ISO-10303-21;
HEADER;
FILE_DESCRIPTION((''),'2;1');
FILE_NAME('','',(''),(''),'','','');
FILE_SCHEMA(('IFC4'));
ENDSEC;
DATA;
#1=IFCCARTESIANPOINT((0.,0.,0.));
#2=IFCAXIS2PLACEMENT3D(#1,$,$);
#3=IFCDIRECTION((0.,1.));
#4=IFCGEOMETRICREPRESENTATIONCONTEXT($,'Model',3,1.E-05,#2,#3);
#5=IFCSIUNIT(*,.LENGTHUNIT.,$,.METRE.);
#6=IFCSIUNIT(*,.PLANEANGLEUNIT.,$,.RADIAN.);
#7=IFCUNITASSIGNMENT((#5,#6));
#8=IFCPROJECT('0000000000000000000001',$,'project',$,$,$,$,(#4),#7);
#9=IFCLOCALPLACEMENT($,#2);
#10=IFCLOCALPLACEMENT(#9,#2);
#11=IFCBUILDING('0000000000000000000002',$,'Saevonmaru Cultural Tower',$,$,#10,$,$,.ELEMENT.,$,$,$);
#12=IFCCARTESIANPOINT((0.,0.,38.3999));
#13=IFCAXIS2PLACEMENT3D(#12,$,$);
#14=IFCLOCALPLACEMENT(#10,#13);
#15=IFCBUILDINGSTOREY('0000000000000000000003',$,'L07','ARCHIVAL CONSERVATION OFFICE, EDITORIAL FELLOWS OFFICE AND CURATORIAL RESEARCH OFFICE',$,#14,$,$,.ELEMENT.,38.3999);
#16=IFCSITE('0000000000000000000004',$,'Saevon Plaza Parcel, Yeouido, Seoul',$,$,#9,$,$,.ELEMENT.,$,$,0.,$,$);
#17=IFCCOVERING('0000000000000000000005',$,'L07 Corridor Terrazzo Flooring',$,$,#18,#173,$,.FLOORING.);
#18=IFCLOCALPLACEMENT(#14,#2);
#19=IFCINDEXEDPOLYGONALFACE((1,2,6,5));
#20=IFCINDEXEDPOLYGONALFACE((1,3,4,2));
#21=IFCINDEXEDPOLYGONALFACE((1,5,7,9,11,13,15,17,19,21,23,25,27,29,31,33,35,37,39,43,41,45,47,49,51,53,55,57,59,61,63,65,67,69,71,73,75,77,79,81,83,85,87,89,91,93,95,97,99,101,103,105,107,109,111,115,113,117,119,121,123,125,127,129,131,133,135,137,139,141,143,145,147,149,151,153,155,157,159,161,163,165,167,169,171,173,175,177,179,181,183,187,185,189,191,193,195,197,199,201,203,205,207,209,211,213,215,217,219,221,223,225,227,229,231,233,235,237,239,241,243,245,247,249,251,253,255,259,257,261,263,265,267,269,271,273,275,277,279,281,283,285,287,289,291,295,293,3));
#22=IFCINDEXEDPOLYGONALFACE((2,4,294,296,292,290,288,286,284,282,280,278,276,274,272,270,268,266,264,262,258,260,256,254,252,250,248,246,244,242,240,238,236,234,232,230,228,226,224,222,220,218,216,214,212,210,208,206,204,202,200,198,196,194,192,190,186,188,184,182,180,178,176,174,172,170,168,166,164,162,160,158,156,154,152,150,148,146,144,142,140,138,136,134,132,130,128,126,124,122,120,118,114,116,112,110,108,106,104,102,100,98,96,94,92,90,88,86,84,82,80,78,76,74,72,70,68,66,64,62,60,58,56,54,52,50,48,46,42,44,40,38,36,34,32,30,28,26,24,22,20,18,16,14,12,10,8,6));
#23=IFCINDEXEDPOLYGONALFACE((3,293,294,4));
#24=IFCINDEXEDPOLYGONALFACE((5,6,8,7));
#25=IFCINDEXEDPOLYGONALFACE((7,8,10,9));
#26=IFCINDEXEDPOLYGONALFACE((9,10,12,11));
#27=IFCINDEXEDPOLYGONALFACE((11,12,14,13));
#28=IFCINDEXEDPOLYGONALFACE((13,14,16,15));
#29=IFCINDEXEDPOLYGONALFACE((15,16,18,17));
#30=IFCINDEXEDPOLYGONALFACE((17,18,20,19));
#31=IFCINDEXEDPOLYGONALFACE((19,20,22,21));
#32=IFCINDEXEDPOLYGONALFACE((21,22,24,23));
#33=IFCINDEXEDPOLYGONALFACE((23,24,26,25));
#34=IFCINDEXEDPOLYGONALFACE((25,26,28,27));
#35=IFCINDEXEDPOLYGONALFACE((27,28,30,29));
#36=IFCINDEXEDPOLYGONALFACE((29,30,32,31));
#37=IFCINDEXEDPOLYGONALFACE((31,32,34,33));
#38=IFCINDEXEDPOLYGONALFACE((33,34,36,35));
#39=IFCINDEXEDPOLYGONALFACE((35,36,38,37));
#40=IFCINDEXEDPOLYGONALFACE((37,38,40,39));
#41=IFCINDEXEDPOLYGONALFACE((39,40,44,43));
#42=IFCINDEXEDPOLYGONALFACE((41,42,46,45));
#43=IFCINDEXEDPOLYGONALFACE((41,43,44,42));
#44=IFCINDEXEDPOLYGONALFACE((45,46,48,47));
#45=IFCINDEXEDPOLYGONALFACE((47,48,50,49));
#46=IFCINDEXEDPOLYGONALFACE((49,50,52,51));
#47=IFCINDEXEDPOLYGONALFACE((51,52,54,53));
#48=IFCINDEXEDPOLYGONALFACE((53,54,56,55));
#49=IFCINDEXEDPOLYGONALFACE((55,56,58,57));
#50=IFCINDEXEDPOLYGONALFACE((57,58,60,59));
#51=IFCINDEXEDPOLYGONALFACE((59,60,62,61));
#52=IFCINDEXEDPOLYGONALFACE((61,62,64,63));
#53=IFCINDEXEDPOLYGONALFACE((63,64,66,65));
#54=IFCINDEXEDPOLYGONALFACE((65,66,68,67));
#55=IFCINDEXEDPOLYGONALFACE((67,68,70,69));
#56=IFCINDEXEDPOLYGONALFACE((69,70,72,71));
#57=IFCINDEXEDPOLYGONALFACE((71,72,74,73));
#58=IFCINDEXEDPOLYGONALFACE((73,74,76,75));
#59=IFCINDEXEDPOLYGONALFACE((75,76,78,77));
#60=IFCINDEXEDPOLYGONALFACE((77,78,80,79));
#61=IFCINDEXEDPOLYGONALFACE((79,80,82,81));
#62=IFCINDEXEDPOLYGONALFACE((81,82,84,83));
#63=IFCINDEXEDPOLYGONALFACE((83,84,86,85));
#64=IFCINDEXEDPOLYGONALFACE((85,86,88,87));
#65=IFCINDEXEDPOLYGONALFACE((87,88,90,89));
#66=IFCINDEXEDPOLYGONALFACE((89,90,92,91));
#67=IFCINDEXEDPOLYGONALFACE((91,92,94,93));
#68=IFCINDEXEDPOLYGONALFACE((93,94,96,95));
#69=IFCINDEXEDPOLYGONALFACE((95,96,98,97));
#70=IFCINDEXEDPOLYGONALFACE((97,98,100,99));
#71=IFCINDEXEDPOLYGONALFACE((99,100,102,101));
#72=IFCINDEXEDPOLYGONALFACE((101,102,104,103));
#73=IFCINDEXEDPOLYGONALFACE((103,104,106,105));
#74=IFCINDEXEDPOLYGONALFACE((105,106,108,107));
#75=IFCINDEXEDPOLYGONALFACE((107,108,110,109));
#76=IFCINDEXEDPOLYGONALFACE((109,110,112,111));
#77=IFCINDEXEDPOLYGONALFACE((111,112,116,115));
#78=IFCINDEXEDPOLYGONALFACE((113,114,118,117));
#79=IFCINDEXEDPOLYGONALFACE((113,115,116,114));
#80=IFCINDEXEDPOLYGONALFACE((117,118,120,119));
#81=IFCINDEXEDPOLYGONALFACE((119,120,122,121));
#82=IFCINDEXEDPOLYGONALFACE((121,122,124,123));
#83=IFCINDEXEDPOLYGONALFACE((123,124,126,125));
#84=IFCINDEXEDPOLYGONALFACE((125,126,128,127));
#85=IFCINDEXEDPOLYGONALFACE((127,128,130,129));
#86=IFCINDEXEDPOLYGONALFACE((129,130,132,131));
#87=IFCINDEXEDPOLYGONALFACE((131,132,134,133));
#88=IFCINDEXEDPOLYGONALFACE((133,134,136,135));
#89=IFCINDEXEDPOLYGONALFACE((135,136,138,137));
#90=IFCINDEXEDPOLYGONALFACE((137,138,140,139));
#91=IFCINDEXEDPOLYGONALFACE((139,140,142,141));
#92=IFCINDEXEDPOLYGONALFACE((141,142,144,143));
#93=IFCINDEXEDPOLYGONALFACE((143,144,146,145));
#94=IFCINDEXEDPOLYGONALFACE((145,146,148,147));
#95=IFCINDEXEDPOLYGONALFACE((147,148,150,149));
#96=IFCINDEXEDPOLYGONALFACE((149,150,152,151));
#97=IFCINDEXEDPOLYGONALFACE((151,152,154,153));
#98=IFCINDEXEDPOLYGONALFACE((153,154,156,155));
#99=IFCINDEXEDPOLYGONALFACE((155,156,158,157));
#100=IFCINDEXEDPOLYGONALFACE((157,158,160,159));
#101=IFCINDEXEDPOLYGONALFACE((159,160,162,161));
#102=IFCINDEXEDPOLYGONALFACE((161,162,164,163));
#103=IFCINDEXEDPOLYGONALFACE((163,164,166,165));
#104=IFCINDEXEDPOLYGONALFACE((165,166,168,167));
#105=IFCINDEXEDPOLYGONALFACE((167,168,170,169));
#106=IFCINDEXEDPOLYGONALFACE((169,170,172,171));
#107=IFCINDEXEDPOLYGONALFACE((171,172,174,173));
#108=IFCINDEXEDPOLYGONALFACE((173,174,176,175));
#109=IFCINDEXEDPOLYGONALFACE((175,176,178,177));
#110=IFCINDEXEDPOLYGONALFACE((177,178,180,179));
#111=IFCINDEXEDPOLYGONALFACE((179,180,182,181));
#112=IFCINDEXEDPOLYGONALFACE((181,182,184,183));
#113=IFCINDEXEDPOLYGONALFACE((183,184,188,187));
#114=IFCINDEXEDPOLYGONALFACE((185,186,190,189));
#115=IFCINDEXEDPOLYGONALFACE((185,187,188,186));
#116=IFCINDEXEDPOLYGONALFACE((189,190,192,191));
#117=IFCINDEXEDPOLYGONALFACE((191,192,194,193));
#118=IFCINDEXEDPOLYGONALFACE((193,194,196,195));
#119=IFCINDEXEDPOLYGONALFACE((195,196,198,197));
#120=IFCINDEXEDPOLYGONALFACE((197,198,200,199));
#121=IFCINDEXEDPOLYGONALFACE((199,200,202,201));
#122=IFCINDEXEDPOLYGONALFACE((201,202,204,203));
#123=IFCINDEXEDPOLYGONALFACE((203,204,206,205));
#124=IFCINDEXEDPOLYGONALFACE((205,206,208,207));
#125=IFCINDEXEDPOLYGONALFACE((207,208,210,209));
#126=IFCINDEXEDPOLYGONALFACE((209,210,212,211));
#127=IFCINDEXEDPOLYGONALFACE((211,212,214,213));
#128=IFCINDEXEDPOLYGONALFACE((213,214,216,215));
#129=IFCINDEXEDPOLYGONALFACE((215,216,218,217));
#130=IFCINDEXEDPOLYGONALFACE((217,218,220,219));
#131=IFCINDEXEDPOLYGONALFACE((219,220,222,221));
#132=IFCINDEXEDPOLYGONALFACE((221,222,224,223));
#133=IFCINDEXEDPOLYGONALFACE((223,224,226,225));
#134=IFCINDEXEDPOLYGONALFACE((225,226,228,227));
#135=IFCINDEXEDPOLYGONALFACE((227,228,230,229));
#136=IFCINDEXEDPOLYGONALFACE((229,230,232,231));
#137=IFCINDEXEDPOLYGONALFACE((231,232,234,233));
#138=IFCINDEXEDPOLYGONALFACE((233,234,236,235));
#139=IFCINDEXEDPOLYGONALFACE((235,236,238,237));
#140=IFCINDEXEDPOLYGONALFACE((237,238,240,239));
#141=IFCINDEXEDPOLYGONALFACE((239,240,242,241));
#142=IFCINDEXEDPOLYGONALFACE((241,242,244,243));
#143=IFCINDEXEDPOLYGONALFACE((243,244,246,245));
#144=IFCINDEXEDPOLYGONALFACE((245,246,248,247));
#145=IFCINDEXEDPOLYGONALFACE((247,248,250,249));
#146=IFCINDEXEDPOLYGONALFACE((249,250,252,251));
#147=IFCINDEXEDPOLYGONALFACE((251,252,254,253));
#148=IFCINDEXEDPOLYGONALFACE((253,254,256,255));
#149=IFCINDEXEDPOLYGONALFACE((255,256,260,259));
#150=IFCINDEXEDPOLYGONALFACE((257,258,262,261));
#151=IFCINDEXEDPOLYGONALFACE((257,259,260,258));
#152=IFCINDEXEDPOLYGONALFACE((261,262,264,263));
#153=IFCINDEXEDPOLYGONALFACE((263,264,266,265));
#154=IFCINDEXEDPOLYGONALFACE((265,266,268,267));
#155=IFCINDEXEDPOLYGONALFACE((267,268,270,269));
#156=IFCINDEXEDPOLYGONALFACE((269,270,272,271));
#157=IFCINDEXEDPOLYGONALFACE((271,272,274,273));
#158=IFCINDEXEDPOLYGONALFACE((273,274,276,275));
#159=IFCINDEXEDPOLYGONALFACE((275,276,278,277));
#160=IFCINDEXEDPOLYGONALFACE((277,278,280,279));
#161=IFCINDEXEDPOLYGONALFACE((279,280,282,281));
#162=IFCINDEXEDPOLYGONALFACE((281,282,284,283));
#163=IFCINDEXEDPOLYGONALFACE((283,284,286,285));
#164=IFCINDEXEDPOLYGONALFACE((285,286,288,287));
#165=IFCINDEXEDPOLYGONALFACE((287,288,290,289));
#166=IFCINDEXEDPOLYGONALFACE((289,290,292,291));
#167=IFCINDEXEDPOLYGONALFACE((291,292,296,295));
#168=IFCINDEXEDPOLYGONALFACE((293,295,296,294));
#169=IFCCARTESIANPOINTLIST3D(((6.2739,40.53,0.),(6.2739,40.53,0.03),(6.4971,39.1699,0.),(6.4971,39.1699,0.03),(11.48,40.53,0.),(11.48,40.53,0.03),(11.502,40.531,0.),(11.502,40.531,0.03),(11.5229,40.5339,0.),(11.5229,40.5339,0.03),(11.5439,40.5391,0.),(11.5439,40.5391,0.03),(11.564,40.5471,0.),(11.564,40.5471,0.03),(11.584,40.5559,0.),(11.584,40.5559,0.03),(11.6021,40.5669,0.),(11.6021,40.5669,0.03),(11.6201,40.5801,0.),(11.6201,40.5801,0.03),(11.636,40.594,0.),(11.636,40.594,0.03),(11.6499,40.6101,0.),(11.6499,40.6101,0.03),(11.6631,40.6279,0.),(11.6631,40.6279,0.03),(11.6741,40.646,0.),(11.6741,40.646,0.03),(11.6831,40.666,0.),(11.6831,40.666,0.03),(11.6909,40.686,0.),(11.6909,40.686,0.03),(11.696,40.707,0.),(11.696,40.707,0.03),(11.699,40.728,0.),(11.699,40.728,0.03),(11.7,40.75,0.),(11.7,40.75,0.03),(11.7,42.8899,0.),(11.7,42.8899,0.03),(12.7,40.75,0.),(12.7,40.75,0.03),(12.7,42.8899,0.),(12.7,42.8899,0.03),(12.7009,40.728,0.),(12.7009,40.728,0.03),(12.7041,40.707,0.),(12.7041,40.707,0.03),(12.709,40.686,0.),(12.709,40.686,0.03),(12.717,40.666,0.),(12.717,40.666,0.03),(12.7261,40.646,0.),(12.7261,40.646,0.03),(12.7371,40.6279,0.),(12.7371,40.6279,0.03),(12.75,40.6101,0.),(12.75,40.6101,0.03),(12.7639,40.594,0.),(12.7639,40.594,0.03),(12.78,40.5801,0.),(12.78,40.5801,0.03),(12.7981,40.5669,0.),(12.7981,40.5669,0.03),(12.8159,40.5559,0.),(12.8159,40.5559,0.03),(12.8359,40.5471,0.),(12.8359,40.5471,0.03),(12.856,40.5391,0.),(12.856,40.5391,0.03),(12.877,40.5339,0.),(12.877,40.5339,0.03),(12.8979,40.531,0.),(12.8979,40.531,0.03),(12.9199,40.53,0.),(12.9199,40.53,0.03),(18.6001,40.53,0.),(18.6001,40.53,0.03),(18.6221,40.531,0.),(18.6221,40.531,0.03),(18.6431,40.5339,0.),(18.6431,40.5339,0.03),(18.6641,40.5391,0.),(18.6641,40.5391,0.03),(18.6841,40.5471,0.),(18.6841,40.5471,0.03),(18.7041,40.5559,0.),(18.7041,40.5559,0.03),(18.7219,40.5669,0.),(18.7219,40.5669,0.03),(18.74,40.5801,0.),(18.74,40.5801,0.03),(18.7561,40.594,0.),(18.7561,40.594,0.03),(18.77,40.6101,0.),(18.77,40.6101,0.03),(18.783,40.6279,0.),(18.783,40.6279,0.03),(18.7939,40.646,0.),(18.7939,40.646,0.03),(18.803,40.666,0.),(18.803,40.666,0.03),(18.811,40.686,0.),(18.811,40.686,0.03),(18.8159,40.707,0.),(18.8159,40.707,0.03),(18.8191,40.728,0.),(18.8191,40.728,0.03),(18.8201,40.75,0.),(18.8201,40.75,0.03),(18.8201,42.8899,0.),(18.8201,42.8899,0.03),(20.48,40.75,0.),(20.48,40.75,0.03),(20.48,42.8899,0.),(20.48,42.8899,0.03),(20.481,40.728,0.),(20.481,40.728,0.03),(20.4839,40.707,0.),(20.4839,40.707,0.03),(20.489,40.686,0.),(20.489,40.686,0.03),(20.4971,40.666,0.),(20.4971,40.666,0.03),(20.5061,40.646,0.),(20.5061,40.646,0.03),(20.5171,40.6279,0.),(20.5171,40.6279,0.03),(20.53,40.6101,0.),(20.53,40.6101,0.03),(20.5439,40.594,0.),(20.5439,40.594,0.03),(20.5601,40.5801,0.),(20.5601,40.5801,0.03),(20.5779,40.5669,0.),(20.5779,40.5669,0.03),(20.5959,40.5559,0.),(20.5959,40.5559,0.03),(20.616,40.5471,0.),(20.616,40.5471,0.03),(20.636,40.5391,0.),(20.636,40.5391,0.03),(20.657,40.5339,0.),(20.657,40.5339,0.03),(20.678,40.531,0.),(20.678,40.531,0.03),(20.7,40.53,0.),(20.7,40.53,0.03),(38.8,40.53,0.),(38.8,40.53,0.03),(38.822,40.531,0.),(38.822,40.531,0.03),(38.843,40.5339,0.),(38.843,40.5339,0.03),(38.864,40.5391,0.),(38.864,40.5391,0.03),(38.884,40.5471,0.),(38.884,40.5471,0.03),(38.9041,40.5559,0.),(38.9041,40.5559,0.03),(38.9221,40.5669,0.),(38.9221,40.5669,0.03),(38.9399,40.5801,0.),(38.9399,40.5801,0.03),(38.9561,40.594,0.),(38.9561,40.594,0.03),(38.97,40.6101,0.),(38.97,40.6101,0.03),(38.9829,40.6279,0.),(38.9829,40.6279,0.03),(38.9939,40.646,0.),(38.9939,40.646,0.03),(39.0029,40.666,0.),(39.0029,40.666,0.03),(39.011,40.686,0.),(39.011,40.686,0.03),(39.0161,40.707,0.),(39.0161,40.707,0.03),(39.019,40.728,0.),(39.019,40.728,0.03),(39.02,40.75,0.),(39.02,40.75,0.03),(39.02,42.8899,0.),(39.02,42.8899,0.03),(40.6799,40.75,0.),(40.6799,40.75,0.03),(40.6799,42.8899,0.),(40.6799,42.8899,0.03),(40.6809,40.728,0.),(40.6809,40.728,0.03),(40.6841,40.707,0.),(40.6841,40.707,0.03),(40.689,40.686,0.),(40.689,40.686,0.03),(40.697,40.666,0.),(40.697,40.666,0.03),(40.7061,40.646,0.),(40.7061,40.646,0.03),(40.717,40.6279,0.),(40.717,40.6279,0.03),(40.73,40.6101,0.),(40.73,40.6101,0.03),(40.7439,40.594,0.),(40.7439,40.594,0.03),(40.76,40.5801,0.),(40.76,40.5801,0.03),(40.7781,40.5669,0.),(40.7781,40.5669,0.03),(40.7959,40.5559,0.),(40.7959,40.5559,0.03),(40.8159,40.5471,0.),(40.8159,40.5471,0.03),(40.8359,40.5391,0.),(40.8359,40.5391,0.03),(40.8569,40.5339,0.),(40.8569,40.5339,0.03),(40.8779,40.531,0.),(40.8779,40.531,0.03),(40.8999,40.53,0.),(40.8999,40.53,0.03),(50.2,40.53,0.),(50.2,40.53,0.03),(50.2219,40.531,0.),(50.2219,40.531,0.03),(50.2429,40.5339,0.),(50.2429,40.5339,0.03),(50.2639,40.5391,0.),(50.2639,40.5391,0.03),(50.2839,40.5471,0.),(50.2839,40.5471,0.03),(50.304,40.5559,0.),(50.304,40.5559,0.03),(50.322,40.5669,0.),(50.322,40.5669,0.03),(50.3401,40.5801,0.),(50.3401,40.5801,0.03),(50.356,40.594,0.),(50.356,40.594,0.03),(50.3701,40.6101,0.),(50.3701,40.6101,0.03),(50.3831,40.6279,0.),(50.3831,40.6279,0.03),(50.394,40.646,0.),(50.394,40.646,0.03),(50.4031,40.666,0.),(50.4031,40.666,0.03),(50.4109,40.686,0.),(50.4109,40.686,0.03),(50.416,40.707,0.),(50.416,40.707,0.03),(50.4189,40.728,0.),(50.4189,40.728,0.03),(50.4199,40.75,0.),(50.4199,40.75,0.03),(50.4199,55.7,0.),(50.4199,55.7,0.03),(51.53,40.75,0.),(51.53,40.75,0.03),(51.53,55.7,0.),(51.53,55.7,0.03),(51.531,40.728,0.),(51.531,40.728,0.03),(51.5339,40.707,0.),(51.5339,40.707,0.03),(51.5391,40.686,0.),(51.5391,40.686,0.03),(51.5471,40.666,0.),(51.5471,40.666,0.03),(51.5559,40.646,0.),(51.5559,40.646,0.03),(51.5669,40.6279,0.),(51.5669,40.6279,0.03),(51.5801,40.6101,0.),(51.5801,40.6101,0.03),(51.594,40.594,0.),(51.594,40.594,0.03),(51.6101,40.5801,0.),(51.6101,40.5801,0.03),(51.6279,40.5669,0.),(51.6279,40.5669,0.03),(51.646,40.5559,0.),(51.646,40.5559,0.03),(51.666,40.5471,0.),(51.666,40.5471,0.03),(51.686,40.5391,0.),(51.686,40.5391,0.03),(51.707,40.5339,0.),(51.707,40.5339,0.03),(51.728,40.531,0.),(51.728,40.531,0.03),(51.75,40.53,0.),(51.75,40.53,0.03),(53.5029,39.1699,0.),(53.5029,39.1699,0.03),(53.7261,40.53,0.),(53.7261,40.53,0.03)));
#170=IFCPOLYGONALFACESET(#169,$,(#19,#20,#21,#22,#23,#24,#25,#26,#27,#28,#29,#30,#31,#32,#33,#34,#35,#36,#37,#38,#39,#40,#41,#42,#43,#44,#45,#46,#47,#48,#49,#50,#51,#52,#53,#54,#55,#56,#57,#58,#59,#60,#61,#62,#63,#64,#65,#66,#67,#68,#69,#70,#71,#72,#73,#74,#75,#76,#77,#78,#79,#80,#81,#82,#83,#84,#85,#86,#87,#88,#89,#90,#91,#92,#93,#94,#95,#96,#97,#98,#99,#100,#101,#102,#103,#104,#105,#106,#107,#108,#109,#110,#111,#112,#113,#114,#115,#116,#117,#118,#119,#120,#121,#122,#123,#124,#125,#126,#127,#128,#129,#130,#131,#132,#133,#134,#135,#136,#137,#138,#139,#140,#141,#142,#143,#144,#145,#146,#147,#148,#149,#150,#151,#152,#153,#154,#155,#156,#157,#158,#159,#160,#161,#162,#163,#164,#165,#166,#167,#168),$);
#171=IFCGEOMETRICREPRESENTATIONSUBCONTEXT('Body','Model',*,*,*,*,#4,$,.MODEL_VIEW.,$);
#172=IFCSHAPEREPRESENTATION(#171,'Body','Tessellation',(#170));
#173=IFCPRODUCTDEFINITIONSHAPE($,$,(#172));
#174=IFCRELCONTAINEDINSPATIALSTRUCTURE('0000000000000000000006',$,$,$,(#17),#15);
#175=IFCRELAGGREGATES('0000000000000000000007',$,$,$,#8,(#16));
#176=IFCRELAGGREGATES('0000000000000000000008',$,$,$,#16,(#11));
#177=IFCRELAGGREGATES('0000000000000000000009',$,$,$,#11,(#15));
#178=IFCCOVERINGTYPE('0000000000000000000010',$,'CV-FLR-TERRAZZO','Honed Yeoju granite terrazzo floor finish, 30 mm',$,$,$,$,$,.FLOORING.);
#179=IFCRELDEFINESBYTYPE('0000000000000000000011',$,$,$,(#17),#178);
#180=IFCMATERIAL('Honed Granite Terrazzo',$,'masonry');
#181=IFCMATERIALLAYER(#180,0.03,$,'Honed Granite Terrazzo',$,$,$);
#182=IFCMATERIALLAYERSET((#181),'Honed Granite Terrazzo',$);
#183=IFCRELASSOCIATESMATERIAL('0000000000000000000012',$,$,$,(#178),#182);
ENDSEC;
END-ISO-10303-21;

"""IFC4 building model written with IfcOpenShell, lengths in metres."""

from ifc_helpers import new_model, si_unit, direction, frame, origin, place, context, subcontext, project, spatial, polyline, outline, extrude, material, layer, layer_set, type_object, element, save


model = new_model("IFC4")

# Units and contexts
model_context = context("Model", 3, precision=1e-05, world=origin(), true_north=direction((0.0, 1.0)))
body_context = subcontext(model_context, "Body", "Model", "MODEL_VIEW")
ifc_project = project(units=[si_unit("LENGTHUNIT", "METRE"), si_unit("PLANEANGLEUNIT", "RADIAN")], contexts=[model_context])

# Site, building, storey
site_placement = place(None, origin())
site = spatial("IfcSite", under=ifc_project, at=site_placement, Name="Saevon Plaza Parcel, Yeouido, Seoul", CompositionType="ELEMENT", RefElevation=0.0)
building_placement = place(site_placement, origin())
building = spatial("IfcBuilding", under=site, at=building_placement, Name="Saevonmaru Cultural Tower", CompositionType="ELEMENT")
storey_placement = place(building_placement, frame((0.0, 0.0, 38.3999)))
storey = spatial("IfcBuildingStorey", under=building, at=storey_placement, Name="L07", Description="ARCHIVAL CONSERVATION OFFICE, EDITORIAL FELLOWS OFFICE AND CURATORIAL RESEARCH OFFICE", CompositionType="ELEMENT", Elevation=38.3999)

# Covering
ifc_material_1 = material(Name="Honed Granite Terrazzo", Category="masonry")
ifc_layer_1 = layer(ifc_material_1, 0.03, Name="Honed Granite Terrazzo")
ifc_layer_set_1 = layer_set([ifc_layer_1], Name="Honed Granite Terrazzo")
covering_type_1 = type_object("IfcCoveringType", Name="CV-FLR-TERRAZZO", Description="Honed Yeoju granite terrazzo floor finish, 30 mm", PredefinedType="FLOORING", material=ifc_layer_set_1)
covering_1_placement = place(storey_placement, origin())
element("IfcCovering", 1, at=covering_1_placement, inside=storey, type_object=covering_type_1, Name="L07 Corridor Terrazzo Flooring", PredefinedType="FLOORING", context=body_context, shape_type="SweptSolid", body=[
    extrude(outline(polyline([(6.4971, 39.1699), (6.2739, 40.53), (11.48, 40.53), (11.502, 40.531), (11.5229, 40.5339), (11.5439, 40.5391), (11.564, 40.5471), (11.584, 40.5559), (11.6021, 40.5669), (11.6201, 40.5801), (11.636, 40.594), (11.6499, 40.6101), (11.6631, 40.6279), (11.6741, 40.646), (11.6831, 40.666), (11.6909, 40.686), (11.696, 40.707), (11.699, 40.728), (11.7, 40.75), (11.7, 42.8899), (12.7, 42.8899), (12.7, 40.75), (12.7009, 40.728), (12.7041, 40.707), (12.709, 40.686), (12.717, 40.666), (12.7261, 40.646), (12.7371, 40.6279), (12.75, 40.6101), (12.7639, 40.594), (12.78, 40.5801), (12.7981, 40.5669), (12.8159, 40.5559), (12.8359, 40.5471), (12.856, 40.5391), (12.877, 40.5339), (12.8979, 40.531), (12.9199, 40.53), (18.6001, 40.53), (18.6221, 40.531), (18.6431, 40.5339), (18.6641, 40.5391), (18.6841, 40.5471), (18.7041, 40.5559), (18.7219, 40.5669), (18.74, 40.5801), (18.7561, 40.594), (18.77, 40.6101), (18.783, 40.6279), (18.7939, 40.646), (18.803, 40.666), (18.811, 40.686), (18.8159, 40.707), (18.8191, 40.728), (18.8201, 40.75), (18.8201, 42.8899), (20.48, 42.8899), (20.48, 40.75), (20.481, 40.728), (20.4839, 40.707), (20.489, 40.686), (20.4971, 40.666), (20.5061, 40.646), (20.5171, 40.6279), (20.53, 40.6101), (20.5439, 40.594), (20.5601, 40.5801), (20.5779, 40.5669), (20.5959, 40.5559), (20.616, 40.5471), (20.636, 40.5391), (20.657, 40.5339), (20.678, 40.531), (20.7, 40.53), (38.8, 40.53), (38.822, 40.531), (38.843, 40.5339), (38.864, 40.5391), (38.884, 40.5471), (38.9041, 40.5559), (38.9221, 40.5669), (38.9399, 40.5801), (38.9561, 40.594), (38.97, 40.6101), (38.9829, 40.6279), (38.9939, 40.646), (39.0029, 40.666), (39.011, 40.686), (39.0161, 40.707), (39.019, 40.728), (39.02, 40.75), (39.02, 42.8899), (40.6799, 42.8899), (40.6799, 40.75), (40.6809, 40.728), (40.6841, 40.707), (40.689, 40.686), (40.697, 40.666), (40.7061, 40.646), (40.717, 40.6279), (40.73, 40.6101), (40.7439, 40.594), (40.76, 40.5801), (40.7781, 40.5669), (40.7959, 40.5559), (40.8159, 40.5471), (40.8359, 40.5391), (40.8569, 40.5339), (40.8779, 40.531), (40.8999, 40.53), (50.2, 40.53), (50.2219, 40.531), (50.2429, 40.5339), (50.2639, 40.5391), (50.2839, 40.5471), (50.304, 40.5559), (50.322, 40.5669), (50.3401, 40.5801), (50.356, 40.594), (50.3701, 40.6101), (50.3831, 40.6279), (50.394, 40.646), (50.4031, 40.666), (50.4109, 40.686), (50.416, 40.707), (50.4189, 40.728), (50.4199, 40.75), (50.4199, 55.7), (51.53, 55.7), (51.53, 40.75), (51.531, 40.728), (51.5339, 40.707), (51.5391, 40.686), (51.5471, 40.666), (51.5559, 40.646), (51.5669, 40.6279), (51.5801, 40.6101), (51.594, 40.594), (51.6101, 40.5801), (51.6279, 40.5669), (51.646, 40.5559), (51.666, 40.5471), (51.686, 40.5391), (51.707, 40.5339), (51.728, 40.531), (51.75, 40.53), (53.7261, 40.53), (53.5029, 39.1699), (6.4971, 39.1699)])), origin(), (0.0, 0.0, 1.0), 0.03),
])

save(model, "model.ifc")
